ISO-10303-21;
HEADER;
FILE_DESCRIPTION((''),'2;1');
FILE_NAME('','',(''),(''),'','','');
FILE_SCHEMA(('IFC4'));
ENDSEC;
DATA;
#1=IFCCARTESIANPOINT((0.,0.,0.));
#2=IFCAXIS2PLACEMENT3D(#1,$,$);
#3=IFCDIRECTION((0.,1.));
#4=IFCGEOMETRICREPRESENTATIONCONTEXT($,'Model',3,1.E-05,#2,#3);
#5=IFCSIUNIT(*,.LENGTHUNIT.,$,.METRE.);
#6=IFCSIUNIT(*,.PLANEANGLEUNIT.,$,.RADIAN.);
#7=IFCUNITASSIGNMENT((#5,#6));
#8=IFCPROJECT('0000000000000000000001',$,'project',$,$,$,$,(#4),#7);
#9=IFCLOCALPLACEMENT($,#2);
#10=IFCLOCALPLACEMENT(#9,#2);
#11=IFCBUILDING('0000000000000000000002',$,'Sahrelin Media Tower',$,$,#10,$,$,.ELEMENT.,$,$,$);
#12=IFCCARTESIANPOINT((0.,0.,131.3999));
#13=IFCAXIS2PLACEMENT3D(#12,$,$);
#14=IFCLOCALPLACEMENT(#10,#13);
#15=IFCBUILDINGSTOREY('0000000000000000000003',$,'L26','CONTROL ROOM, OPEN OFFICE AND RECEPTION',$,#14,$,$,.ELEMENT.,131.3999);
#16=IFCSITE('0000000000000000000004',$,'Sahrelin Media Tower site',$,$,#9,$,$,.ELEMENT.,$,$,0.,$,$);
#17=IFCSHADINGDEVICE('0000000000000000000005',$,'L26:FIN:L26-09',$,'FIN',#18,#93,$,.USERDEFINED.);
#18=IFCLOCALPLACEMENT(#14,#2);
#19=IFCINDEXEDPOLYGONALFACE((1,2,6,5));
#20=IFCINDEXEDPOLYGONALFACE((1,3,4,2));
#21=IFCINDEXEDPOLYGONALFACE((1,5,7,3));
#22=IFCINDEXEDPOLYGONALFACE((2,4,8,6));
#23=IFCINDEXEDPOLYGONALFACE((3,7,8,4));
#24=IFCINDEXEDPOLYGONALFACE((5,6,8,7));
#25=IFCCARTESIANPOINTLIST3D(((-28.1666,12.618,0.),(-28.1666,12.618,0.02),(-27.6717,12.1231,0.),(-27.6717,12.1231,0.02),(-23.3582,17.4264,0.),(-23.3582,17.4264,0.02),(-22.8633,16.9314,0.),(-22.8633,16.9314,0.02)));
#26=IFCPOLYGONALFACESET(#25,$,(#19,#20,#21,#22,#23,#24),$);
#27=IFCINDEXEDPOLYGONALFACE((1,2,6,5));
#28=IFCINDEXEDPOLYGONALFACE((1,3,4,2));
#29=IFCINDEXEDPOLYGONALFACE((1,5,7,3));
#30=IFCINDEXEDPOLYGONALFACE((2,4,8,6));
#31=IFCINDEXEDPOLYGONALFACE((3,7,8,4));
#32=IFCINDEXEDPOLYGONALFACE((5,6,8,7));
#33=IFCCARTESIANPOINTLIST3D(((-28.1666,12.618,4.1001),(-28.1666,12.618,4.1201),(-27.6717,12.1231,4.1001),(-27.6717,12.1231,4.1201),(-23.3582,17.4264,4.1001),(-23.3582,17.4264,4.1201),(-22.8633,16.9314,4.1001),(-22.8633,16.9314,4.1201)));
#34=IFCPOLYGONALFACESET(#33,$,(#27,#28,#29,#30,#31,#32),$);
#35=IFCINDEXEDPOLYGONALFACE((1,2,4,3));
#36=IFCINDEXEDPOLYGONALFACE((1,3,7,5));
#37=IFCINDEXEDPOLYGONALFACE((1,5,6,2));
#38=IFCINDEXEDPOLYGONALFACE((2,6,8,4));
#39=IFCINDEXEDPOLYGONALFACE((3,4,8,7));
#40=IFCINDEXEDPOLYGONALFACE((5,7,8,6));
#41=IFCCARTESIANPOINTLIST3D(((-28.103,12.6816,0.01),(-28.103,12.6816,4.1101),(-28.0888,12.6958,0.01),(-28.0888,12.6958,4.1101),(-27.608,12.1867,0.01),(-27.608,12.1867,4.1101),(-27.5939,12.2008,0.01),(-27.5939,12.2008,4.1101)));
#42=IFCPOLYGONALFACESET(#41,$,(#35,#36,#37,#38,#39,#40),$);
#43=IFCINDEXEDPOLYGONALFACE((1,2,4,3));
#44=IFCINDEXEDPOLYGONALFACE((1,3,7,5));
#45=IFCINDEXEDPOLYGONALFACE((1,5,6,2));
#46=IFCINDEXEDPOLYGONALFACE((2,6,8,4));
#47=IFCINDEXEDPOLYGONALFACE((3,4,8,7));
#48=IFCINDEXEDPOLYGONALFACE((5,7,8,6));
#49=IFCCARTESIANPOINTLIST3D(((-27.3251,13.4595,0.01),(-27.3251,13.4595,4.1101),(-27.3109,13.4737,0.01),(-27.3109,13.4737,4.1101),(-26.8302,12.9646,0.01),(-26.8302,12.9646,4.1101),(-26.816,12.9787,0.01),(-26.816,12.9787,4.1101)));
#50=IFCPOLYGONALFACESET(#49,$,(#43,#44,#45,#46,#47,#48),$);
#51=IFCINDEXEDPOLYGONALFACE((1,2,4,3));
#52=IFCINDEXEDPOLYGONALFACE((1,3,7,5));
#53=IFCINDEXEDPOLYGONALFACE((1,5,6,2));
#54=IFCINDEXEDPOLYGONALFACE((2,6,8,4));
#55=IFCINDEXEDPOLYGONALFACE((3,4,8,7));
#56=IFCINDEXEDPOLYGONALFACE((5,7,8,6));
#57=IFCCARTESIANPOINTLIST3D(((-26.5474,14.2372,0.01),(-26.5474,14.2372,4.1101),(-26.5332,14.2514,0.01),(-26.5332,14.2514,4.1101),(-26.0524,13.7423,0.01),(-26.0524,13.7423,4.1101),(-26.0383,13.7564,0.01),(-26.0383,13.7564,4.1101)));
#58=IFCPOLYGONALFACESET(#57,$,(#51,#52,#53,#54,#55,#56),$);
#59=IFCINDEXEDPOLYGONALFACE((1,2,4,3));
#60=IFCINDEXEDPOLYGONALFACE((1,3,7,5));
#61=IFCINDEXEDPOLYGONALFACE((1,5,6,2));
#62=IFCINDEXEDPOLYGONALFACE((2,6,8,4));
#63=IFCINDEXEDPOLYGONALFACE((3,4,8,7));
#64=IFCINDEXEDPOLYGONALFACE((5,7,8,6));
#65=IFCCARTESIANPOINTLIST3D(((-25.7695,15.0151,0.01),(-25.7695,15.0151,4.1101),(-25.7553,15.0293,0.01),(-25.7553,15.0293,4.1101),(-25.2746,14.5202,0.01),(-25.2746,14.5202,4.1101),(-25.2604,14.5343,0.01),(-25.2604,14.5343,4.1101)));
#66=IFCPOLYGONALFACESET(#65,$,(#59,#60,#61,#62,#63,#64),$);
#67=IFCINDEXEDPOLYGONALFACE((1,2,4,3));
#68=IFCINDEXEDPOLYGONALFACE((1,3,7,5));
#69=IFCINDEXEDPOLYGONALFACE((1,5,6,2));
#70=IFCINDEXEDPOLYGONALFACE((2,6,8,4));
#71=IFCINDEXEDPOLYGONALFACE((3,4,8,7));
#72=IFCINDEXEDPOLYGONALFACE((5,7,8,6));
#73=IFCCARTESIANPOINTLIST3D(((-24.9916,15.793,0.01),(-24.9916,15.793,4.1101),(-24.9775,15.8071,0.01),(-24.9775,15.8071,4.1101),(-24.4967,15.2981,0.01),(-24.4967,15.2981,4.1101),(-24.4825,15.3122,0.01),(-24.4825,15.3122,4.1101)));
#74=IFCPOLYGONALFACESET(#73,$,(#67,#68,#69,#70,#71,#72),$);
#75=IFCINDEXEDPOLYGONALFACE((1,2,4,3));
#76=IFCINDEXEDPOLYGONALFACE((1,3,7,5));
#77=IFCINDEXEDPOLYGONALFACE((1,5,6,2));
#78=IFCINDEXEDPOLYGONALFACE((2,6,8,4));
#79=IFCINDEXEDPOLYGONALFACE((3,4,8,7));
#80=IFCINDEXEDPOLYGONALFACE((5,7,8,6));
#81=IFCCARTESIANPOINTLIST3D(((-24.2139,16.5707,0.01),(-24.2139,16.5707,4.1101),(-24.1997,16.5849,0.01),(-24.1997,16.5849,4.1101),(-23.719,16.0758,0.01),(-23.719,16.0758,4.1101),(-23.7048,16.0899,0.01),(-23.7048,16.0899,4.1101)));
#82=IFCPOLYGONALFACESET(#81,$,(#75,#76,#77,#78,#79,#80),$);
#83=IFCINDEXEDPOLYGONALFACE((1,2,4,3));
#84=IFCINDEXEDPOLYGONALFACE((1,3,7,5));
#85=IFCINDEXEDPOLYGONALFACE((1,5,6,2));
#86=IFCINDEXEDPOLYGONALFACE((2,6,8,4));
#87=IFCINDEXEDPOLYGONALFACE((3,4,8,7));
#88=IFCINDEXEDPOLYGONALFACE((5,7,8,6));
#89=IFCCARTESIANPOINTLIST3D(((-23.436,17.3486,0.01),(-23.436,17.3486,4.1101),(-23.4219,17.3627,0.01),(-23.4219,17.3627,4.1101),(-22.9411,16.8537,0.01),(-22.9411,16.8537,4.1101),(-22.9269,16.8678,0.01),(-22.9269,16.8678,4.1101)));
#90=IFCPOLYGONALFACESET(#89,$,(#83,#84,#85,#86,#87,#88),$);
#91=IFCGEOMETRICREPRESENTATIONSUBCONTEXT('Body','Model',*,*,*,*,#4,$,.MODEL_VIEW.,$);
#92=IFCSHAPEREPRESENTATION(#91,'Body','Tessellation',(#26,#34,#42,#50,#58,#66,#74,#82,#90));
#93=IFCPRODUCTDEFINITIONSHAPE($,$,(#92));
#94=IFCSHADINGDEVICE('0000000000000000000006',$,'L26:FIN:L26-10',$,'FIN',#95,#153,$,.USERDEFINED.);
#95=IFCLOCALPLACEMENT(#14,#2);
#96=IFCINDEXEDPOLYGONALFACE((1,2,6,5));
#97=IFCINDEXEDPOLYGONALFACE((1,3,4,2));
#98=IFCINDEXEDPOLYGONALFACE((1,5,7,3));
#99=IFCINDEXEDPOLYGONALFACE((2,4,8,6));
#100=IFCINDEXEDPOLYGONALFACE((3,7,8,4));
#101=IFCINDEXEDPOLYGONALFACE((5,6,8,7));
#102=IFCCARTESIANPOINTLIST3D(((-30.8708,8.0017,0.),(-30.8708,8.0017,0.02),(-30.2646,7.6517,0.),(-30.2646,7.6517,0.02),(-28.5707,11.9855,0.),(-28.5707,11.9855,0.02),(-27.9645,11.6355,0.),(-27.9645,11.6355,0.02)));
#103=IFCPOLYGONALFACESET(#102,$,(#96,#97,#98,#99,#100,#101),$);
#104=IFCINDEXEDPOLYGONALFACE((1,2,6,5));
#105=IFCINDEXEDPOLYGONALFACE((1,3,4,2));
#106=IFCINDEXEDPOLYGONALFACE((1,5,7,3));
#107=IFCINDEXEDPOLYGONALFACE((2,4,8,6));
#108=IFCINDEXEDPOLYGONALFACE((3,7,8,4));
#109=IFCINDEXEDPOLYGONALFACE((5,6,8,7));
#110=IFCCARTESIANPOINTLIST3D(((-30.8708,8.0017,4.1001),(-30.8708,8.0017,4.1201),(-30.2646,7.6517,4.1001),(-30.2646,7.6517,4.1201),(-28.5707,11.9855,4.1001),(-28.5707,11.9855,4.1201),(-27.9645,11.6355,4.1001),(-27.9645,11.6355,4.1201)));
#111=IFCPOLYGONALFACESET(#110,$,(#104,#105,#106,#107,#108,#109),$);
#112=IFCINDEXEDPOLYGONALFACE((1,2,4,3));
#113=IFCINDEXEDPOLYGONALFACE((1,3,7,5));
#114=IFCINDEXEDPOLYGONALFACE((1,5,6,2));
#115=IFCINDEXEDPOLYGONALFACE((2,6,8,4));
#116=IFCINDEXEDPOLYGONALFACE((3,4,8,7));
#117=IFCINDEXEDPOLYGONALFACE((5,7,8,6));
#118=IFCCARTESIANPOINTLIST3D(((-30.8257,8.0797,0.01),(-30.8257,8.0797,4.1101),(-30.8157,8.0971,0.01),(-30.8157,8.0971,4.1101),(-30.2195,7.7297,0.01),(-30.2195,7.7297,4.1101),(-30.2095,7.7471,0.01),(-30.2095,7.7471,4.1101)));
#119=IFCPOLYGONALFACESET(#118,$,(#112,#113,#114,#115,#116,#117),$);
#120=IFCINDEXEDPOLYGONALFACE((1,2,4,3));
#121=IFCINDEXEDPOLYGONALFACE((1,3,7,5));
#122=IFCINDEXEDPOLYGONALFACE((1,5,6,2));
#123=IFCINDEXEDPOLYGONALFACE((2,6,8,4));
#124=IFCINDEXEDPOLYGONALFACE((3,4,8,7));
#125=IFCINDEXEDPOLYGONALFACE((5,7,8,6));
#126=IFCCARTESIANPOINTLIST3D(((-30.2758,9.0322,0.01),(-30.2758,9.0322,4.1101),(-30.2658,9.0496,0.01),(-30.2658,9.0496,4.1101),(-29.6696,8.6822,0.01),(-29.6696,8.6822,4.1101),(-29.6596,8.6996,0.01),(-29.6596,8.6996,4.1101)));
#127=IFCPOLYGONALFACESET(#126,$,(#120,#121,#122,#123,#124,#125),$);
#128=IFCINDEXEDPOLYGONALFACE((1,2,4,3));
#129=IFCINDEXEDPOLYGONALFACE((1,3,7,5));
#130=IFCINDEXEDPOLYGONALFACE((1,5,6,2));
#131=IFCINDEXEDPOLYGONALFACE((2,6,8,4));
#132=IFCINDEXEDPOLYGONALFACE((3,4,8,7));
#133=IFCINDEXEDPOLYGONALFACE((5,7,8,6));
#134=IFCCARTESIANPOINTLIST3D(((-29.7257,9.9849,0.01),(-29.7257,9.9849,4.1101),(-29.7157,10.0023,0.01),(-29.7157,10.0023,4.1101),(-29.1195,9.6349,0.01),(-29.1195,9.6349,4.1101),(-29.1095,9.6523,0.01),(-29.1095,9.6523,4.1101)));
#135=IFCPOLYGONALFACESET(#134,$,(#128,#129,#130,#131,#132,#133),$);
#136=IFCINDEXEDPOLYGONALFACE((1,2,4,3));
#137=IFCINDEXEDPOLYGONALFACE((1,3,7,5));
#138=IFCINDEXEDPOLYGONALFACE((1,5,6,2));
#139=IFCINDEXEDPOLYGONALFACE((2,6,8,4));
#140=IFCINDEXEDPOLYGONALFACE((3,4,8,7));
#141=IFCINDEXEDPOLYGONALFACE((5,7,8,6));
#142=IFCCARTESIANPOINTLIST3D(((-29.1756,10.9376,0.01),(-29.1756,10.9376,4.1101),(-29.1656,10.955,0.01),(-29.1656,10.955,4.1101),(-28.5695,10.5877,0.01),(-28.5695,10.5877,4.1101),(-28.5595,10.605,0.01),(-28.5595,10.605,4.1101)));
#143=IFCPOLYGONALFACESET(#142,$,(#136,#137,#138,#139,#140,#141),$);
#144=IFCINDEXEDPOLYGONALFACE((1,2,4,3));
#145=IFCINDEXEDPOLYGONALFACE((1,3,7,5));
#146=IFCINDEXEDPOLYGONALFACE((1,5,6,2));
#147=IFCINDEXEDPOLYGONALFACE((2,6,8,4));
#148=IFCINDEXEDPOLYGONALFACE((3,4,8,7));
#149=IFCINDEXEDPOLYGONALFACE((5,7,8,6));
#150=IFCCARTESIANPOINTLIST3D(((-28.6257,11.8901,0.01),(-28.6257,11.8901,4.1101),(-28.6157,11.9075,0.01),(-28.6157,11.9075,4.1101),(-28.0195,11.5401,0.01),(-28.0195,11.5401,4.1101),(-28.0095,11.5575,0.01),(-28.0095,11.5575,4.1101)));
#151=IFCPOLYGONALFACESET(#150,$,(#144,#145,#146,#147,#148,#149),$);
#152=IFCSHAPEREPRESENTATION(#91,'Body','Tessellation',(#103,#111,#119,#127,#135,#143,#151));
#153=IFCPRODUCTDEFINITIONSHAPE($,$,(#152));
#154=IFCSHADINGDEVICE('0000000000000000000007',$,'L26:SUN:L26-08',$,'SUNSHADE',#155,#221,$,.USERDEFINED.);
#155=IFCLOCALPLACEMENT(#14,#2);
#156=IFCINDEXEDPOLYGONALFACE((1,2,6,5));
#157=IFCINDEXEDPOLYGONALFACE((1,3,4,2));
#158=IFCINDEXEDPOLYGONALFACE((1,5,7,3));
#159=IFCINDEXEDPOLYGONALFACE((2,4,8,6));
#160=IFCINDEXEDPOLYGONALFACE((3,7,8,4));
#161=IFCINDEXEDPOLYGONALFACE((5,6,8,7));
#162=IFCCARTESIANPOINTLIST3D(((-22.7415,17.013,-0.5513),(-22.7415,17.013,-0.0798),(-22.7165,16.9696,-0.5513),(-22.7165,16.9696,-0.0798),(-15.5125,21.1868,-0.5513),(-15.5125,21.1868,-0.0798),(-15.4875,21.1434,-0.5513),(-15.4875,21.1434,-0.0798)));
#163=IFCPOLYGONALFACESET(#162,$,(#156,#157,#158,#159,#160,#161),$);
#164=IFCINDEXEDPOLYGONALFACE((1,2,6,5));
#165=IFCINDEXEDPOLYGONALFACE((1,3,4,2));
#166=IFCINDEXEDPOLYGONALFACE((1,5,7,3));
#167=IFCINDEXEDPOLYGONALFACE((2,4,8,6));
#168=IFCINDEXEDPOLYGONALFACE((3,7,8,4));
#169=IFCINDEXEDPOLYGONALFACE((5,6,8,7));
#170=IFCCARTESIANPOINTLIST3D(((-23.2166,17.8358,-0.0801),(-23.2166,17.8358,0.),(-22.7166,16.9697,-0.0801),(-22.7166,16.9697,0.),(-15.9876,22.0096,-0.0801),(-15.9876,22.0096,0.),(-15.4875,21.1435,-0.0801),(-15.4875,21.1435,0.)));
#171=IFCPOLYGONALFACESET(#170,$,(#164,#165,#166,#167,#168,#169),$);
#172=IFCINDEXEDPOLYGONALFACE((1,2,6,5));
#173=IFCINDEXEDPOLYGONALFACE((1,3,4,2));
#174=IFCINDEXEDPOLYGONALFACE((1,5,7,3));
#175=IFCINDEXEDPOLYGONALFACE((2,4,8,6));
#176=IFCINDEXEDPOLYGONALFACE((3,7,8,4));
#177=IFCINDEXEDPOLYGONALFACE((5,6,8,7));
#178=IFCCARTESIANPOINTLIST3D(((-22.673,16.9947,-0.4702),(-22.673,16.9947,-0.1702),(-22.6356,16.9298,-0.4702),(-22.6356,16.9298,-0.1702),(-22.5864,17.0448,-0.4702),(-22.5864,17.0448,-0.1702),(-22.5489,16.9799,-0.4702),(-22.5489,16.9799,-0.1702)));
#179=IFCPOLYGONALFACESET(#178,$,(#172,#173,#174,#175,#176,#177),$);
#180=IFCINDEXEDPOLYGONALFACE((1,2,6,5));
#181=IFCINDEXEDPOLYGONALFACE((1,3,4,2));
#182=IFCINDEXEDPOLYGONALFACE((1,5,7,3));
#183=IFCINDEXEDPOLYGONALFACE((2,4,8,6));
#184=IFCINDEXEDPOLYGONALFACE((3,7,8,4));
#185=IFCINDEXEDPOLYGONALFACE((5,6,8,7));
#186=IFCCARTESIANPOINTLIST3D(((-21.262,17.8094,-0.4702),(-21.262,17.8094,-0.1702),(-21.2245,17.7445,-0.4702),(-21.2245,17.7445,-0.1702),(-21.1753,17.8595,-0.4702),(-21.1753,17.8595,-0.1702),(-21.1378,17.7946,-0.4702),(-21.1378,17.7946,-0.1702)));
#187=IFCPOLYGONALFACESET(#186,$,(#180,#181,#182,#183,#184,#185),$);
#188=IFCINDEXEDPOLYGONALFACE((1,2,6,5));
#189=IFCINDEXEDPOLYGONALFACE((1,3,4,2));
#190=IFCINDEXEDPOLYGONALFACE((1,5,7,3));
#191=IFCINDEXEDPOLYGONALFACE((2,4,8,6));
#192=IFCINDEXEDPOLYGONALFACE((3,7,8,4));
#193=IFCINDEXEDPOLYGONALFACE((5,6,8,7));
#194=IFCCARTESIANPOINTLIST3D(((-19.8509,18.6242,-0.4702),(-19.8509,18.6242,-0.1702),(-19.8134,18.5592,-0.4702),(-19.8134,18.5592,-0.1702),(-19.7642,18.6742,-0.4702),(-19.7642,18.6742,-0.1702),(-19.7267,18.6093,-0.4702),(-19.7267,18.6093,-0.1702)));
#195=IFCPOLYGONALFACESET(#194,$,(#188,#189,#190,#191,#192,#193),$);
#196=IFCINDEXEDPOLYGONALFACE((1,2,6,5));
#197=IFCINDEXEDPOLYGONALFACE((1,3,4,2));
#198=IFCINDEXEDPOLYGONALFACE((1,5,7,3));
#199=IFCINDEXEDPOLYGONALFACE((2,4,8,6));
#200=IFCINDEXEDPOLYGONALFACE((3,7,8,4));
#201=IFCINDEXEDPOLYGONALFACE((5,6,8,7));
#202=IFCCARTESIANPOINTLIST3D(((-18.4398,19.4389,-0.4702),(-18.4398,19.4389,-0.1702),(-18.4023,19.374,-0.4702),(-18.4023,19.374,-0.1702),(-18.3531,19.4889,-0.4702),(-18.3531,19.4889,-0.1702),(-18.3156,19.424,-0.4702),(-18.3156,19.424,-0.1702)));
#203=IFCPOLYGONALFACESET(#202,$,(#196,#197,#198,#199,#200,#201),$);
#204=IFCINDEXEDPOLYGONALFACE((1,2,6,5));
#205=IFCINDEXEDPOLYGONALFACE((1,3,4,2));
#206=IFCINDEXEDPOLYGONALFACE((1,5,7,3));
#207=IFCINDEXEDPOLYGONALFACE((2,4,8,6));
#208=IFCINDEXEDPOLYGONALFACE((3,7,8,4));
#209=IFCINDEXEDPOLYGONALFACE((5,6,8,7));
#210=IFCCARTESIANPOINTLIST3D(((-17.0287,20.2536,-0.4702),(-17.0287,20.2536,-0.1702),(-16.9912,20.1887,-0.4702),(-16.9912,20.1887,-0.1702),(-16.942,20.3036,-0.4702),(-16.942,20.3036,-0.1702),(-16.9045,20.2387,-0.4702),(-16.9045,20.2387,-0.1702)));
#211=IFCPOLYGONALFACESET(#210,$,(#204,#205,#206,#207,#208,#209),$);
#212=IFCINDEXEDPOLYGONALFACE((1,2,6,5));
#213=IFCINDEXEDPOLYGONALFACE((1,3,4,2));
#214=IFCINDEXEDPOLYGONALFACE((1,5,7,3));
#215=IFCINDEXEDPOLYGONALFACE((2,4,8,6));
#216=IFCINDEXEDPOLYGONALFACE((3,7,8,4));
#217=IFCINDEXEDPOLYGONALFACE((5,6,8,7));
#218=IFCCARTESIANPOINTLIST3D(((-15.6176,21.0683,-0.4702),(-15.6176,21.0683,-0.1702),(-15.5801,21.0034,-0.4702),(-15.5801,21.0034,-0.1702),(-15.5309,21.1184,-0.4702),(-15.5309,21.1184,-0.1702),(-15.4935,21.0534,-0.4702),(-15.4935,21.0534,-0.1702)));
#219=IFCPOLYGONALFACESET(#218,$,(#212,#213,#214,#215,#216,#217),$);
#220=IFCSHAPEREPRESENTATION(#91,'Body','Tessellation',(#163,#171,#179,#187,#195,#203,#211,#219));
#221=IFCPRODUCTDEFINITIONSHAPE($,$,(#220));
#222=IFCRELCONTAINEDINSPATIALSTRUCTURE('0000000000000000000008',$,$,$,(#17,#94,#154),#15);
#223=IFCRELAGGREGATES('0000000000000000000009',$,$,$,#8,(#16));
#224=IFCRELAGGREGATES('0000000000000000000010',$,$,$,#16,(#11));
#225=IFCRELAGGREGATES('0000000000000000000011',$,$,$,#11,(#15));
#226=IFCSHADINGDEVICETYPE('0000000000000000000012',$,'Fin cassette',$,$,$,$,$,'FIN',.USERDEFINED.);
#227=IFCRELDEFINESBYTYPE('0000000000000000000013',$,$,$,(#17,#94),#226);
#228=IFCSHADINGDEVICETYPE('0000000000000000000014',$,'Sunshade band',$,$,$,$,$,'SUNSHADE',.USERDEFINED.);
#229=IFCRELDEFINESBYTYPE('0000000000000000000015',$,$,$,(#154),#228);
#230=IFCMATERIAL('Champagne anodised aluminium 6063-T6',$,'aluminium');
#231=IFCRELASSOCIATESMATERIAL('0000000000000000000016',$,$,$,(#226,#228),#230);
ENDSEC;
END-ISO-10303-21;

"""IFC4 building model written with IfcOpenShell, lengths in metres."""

from ifc_helpers import new_model, si_unit, direction, frame, origin, origin_2d, place, context, subcontext, project, spatial, rectangle, extrude, material, type_object, element, save


model = new_model("IFC4")

# Units and contexts
model_context = context("Model", 3, precision=1e-05, world=origin(), true_north=direction((0.0, 1.0)))
body_context = subcontext(model_context, "Body", "Model", "MODEL_VIEW")
ifc_project = project(units=[si_unit("LENGTHUNIT", "METRE"), si_unit("PLANEANGLEUNIT", "RADIAN")], contexts=[model_context])

# Site, building, storey
site_placement = place(None, origin())
site = spatial("IfcSite", under=ifc_project, at=site_placement, Name="Sahrelin Media Tower site", CompositionType="ELEMENT", RefElevation=0.0)
building_placement = place(site_placement, origin())
building = spatial("IfcBuilding", under=site, at=building_placement, Name="Sahrelin Media Tower", CompositionType="ELEMENT")
storey_placement = place(building_placement, frame((0.0, 0.0, 131.3999)))
storey = spatial("IfcBuildingStorey", under=building, at=storey_placement, Name="L26", Description="CONTROL ROOM, OPEN OFFICE AND RECEPTION", CompositionType="ELEMENT", Elevation=131.3999)

# Shared definitions
ifc_material_1 = material(Name="Champagne anodised aluminium 6063-T6", Category="aluminium")

# Shading devices
shading_device_type_1 = type_object("IfcShadingDeviceType", Name="Fin cassette", ElementType="FIN", PredefinedType="USERDEFINED", material=ifc_material_1)
placement_1 = place(storey_placement, frame((-19.092, 19.0393, 0.0), z_axis=(0.0, 0.0, 1.0), x_axis=(0.866019, 0.500011, 0.0)))
placement_2 = place(storey_placement, frame((-25.218, 14.4778, 0.0), z_axis=(0.0, 0.0, 1.0), x_axis=(0.707107, 0.707107, 0.0)))
element("IfcShadingDevice", 1, at=placement_2, inside=storey, type_object=shading_device_type_1, Name="L26:FIN:L26-09", ObjectType="FIN", PredefinedType="USERDEFINED", context=body_context, shape_type="SweptSolid", body=[
    extrude(rectangle(XDim=6.8, YDim=0.7, at=origin_2d()), frame((0.0, 0.4199, 0.0)), (0.0, 0.0, 1.0), 0.02),
    extrude(rectangle(XDim=6.8, YDim=0.7, at=origin_2d()), frame((0.0, 0.4199, 4.1001)), (0.0, 0.0, 1.0), 0.02),
    extrude(rectangle(XDim=0.02, YDim=0.7, at=origin_2d()), frame((-3.3, 0.4199, 0.01), z_axis=(0.0, 0.0, 1.0), x_axis=(1.0, 0.0, 0.0)), (0.0, 0.0, 1.0), 4.1001),
    extrude(rectangle(XDim=0.02, YDim=0.7, at=origin_2d()), frame((-2.2, 0.4199, 0.01), z_axis=(0.0, 0.0, 1.0), x_axis=(1.0, 0.0, 0.0)), (0.0, 0.0, 1.0), 4.1001),
    extrude(rectangle(XDim=0.02, YDim=0.7, at=origin_2d()), frame((-1.1001, 0.4199, 0.01), z_axis=(0.0, 0.0, 1.0), x_axis=(1.0, 0.0, 0.0)), (0.0, 0.0, 1.0), 4.1001),
    extrude(rectangle(XDim=0.02, YDim=0.7, at=origin_2d()), frame((0.0, 0.4199, 0.01), z_axis=(0.0, 0.0, 1.0), x_axis=(1.0, 0.0, 0.0)), (0.0, 0.0, 1.0), 4.1001),
    extrude(rectangle(XDim=0.02, YDim=0.7, at=origin_2d()), frame((1.1001, 0.4199, 0.01), z_axis=(0.0, 0.0, 1.0), x_axis=(1.0, 0.0, 0.0)), (0.0, 0.0, 1.0), 4.1001),
    extrude(rectangle(XDim=0.02, YDim=0.7, at=origin_2d()), frame((2.2, 0.4199, 0.01), z_axis=(0.0, 0.0, 1.0), x_axis=(1.0, 0.0, 0.0)), (0.0, 0.0, 1.0), 4.1001),
    extrude(rectangle(XDim=0.02, YDim=0.7, at=origin_2d()), frame((3.3, 0.4199, 0.01), z_axis=(0.0, 0.0, 1.0), x_axis=(1.0, 0.0, 0.0)), (0.0, 0.0, 1.0), 4.1001),
])
placement_3 = place(storey_placement, frame((-29.054, 9.6086, 0.0), z_axis=(0.0, 0.0, 1.0), x_axis=(0.500011, 0.866019, 0.0)))
element("IfcShadingDevice", 2, at=placement_3, inside=storey, type_object=shading_device_type_1, Name="L26:FIN:L26-10", ObjectType="FIN", PredefinedType="USERDEFINED", context=body_context, shape_type="SweptSolid", body=[
    extrude(rectangle(XDim=4.6001, YDim=0.7, at=origin_2d()), frame((0.0, 0.4199, 0.0)), (0.0, 0.0, 1.0), 0.02),
    extrude(rectangle(XDim=4.6001, YDim=0.7, at=origin_2d()), frame((0.0, 0.4199, 4.1001)), (0.0, 0.0, 1.0), 0.02),
    extrude(rectangle(XDim=0.02, YDim=0.7, at=origin_2d()), frame((-2.2, 0.4199, 0.01), z_axis=(0.0, 0.0, 1.0), x_axis=(1.0, 0.0, 0.0)), (0.0, 0.0, 1.0), 4.1001),
    extrude(rectangle(XDim=0.02, YDim=0.7, at=origin_2d()), frame((-1.1001, 0.4199, 0.01), z_axis=(0.0, 0.0, 1.0), x_axis=(1.0, 0.0, 0.0)), (0.0, 0.0, 1.0), 4.1001),
    extrude(rectangle(XDim=0.02, YDim=0.7, at=origin_2d()), frame((0.0, 0.4199, 0.01), z_axis=(0.0, 0.0, 1.0), x_axis=(1.0, 0.0, 0.0)), (0.0, 0.0, 1.0), 4.1001),
    extrude(rectangle(XDim=0.02, YDim=0.7, at=origin_2d()), frame((1.1001, 0.4199, 0.01), z_axis=(0.0, 0.0, 1.0), x_axis=(1.0, 0.0, 0.0)), (0.0, 0.0, 1.0), 4.1001),
    extrude(rectangle(XDim=0.02, YDim=0.7, at=origin_2d()), frame((2.2, 0.4199, 0.01), z_axis=(0.0, 0.0, 1.0), x_axis=(1.0, 0.0, 0.0)), (0.0, 0.0, 1.0), 4.1001),
])
shading_device_type_2 = type_object("IfcShadingDeviceType", Name="Sunshade band", ElementType="SUNSHADE", PredefinedType="USERDEFINED", material=ifc_material_1)
element("IfcShadingDevice", 3, at=placement_1, inside=storey, type_object=shading_device_type_2, Name="L26:SUN:L26-08", ObjectType="SUNSHADE", PredefinedType="USERDEFINED", context=body_context, shape_type="SweptSolid", body=[
    extrude(rectangle(XDim=8.3474, YDim=0.05, at=origin_2d()), frame((0.0, 0.0449, -0.5513)), (0.0, 0.0, 1.0), 0.4714),
    extrude(rectangle(XDim=8.3474, YDim=1.0, at=origin_2d()), frame((0.0, 0.52, -0.0801)), (0.0, 0.0, 1.0), 0.0801),
    extrude(rectangle(XDim=0.1001, YDim=0.075, at=origin_2d()), frame((-4.0735, -0.0176, -0.4702)), (0.0, 0.0, 1.0), 0.3),
    extrude(rectangle(XDim=0.1001, YDim=0.075, at=origin_2d()), frame((-2.4441, -0.0176, -0.4702)), (0.0, 0.0, 1.0), 0.3),
    extrude(rectangle(XDim=0.1001, YDim=0.075, at=origin_2d()), frame((-0.8147, -0.0176, -0.4702)), (0.0, 0.0, 1.0), 0.3),
    extrude(rectangle(XDim=0.1001, YDim=0.075, at=origin_2d()), frame((0.8147, -0.0176, -0.4702)), (0.0, 0.0, 1.0), 0.3),
    extrude(rectangle(XDim=0.1001, YDim=0.075, at=origin_2d()), frame((2.4441, -0.0176, -0.4702)), (0.0, 0.0, 1.0), 0.3),
    extrude(rectangle(XDim=0.1001, YDim=0.075, at=origin_2d()), frame((4.0735, -0.0176, -0.4702)), (0.0, 0.0, 1.0), 0.3),
])

save(model, "model.ifc")
